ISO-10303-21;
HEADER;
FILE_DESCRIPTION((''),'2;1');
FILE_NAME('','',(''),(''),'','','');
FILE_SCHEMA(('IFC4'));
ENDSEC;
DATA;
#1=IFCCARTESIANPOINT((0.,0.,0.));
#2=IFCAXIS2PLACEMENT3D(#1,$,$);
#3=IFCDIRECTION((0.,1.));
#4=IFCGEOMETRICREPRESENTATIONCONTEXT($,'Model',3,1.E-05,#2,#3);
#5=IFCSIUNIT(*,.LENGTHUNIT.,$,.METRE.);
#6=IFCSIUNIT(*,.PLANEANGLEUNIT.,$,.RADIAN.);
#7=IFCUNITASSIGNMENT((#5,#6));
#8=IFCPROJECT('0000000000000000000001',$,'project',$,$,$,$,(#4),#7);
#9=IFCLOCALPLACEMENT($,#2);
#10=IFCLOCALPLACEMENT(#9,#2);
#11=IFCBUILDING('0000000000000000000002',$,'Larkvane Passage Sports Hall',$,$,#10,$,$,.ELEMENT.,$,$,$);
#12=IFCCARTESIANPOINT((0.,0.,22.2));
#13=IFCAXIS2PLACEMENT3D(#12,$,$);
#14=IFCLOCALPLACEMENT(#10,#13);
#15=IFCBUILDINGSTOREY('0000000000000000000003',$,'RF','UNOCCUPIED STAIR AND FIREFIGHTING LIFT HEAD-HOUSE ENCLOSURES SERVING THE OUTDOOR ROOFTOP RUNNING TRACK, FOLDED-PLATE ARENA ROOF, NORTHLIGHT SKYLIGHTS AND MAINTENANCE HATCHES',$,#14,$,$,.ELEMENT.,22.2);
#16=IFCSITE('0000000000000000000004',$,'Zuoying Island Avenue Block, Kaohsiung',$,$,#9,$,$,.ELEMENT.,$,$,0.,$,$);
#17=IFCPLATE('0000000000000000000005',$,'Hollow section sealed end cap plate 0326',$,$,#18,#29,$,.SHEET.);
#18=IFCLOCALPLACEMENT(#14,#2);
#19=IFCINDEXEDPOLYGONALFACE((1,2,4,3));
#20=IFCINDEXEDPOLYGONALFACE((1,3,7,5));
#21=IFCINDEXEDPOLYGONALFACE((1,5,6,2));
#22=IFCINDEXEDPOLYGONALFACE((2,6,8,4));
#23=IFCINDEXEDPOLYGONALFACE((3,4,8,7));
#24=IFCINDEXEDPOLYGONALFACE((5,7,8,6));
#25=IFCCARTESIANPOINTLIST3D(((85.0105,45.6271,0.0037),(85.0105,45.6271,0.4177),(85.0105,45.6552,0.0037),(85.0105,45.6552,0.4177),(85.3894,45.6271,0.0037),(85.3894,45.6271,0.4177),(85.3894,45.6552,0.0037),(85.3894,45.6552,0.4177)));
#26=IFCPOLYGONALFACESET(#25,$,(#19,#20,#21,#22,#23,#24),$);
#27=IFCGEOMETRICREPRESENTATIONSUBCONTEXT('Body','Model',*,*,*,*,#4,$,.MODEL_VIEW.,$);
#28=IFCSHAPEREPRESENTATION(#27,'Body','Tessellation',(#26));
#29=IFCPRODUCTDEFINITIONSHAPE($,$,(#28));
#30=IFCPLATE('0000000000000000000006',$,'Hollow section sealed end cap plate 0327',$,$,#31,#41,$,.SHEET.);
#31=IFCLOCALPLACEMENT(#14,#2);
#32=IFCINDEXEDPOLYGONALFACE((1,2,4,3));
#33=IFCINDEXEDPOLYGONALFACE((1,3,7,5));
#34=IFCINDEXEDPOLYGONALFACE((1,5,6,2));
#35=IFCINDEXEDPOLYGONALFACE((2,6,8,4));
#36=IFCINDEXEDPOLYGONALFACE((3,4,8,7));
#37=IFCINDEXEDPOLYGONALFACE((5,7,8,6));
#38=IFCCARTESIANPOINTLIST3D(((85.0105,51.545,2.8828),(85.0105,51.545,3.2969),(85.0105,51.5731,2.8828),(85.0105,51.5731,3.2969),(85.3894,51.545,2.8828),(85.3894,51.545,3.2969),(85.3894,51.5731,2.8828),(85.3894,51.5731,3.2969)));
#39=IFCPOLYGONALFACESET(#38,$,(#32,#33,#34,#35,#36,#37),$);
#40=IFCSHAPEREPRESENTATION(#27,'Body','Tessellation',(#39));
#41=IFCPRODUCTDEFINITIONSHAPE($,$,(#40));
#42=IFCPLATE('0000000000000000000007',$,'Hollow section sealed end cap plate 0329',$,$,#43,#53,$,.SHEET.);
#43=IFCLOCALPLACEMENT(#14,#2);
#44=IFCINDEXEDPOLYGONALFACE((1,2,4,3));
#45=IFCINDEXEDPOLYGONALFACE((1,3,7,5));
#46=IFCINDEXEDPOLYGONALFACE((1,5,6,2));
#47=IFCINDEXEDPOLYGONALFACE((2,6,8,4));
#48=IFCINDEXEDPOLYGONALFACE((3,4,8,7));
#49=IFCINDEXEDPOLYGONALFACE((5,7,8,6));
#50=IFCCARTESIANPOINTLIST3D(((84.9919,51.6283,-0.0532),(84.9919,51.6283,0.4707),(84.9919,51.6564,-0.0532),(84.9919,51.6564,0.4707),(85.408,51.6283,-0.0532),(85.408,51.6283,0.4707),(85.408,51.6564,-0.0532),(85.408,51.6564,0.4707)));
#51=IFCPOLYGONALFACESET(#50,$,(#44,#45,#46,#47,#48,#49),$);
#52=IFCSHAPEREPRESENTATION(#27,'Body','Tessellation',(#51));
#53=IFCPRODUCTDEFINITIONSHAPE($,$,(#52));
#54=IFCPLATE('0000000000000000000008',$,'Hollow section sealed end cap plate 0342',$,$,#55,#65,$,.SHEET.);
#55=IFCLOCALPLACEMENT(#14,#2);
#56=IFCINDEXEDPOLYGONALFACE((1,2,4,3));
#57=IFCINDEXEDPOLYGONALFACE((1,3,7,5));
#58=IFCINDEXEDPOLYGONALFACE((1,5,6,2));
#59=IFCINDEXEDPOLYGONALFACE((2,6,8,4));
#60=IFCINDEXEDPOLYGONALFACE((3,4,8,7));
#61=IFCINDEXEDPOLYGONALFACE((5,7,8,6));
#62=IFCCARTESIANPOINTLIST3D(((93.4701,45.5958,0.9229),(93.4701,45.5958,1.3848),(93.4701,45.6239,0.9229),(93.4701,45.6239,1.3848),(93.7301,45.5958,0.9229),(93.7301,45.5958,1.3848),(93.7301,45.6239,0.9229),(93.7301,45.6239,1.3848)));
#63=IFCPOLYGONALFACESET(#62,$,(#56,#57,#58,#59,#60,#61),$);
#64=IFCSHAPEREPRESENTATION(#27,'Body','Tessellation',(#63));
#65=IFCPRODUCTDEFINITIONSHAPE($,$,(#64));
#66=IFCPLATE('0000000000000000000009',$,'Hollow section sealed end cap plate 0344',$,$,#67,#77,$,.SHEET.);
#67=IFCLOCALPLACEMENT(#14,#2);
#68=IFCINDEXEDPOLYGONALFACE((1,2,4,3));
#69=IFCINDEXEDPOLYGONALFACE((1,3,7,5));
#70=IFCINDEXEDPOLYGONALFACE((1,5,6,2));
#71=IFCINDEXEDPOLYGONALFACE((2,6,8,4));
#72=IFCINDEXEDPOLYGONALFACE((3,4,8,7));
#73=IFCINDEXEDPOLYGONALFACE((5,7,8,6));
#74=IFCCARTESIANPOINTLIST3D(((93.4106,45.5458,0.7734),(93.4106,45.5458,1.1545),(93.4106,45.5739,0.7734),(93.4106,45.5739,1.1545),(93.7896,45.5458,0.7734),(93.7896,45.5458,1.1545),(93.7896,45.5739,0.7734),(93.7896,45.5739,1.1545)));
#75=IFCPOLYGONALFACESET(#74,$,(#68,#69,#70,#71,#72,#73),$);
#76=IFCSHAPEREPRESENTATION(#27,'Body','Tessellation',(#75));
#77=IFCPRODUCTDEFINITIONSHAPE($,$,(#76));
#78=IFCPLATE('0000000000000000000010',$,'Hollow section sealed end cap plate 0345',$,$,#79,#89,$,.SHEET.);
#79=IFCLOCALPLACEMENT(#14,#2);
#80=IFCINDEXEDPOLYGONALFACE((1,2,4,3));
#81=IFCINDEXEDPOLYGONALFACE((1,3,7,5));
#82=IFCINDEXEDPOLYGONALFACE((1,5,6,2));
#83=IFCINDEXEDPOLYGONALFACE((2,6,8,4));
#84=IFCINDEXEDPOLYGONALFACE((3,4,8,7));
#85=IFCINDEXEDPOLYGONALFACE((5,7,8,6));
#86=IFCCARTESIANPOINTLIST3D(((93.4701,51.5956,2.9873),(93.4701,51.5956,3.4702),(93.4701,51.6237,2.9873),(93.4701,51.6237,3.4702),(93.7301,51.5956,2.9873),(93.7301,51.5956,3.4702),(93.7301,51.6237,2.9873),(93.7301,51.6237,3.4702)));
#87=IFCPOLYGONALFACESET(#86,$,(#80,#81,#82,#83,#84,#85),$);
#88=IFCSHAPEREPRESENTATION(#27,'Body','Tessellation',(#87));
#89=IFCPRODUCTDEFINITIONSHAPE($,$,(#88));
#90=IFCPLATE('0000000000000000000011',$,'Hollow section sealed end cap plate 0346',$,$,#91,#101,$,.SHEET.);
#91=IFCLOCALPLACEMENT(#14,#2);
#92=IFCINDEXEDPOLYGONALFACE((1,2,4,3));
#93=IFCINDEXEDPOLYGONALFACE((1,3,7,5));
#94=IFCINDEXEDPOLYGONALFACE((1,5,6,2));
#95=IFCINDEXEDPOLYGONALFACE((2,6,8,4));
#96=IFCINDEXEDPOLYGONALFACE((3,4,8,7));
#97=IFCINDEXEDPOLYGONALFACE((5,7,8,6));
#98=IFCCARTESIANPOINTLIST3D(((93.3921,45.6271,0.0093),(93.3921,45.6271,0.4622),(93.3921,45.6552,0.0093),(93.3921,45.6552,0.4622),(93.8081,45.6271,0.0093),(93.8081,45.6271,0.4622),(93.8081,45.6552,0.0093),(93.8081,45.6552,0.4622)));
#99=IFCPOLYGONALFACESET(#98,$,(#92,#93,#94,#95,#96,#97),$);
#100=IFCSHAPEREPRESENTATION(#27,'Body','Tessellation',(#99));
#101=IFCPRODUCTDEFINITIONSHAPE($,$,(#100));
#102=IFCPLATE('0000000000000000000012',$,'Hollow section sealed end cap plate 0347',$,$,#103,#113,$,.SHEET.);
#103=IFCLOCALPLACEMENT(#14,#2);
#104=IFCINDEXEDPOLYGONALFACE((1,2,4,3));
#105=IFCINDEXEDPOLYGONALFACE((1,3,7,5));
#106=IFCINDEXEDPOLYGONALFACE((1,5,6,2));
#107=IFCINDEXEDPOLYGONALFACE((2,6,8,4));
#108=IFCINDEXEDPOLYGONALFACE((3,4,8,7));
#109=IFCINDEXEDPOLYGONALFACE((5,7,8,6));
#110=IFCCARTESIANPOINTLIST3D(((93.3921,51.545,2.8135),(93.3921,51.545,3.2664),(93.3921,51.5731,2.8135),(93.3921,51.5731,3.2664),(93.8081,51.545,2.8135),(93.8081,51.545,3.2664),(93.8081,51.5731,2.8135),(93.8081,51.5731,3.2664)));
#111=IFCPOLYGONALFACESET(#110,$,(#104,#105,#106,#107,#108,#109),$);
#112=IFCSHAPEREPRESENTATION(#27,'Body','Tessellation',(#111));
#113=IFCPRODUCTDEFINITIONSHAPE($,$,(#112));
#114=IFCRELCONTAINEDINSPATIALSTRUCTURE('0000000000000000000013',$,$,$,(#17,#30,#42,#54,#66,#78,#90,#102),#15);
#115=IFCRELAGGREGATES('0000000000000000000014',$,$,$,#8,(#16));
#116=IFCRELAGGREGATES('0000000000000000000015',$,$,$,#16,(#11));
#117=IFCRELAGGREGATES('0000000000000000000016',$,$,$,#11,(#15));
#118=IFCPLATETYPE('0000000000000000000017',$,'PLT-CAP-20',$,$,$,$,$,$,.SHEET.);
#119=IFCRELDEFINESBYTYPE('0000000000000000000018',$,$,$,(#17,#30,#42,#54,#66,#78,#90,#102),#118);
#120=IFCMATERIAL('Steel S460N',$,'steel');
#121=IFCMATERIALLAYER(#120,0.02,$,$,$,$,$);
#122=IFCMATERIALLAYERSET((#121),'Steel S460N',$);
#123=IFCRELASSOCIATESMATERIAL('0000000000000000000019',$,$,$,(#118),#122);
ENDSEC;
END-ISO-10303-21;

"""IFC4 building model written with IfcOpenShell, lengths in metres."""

from ifc_helpers import new_model, si_unit, direction, frame, origin, origin_2d, place, context, subcontext, project, spatial, rectangle, extrude, material, layer, layer_set, type_object, element, save


model = new_model("IFC4")

# Units and contexts
model_context = context("Model", 3, precision=1e-05, world=origin(), true_north=direction((0.0, 1.0)))
body_context = subcontext(model_context, "Body", "Model", "MODEL_VIEW")
ifc_project = project(units=[si_unit("LENGTHUNIT", "METRE"), si_unit("PLANEANGLEUNIT", "RADIAN")], contexts=[model_context])

# Site, building, storey
site_placement = place(None, origin())
site = spatial("IfcSite", under=ifc_project, at=site_placement, Name="Zuoying Island Avenue Block, Kaohsiung", CompositionType="ELEMENT", RefElevation=0.0)
building_placement = place(site_placement, origin())
building = spatial("IfcBuilding", under=site, at=building_placement, Name="Larkvane Passage Sports Hall", CompositionType="ELEMENT")
storey_placement = place(building_placement, frame((0.0, 0.0, 22.2)))
storey = spatial("IfcBuildingStorey", under=building, at=storey_placement, Name="RF", Description="UNOCCUPIED STAIR AND FIREFIGHTING LIFT HEAD-HOUSE ENCLOSURES SERVING THE OUTDOOR ROOFTOP RUNNING TRACK, FOLDED-PLATE ARENA ROOF, NORTHLIGHT SKYLIGHTS AND MAINTENANCE HATCHES", CompositionType="ELEMENT", Elevation=22.2)

# Shared definitions
ifc_material_1 = material(Name="Steel S460N", Category="steel")

# Plates
ifc_layer_1 = layer(ifc_material_1, 0.02)
ifc_layer_set_1 = layer_set([ifc_layer_1], Name="Steel S460N")
plate_type_1 = type_object("IfcPlateType", Name="PLT-CAP-20", PredefinedType="SHEET", material=ifc_layer_set_1)
for number, where, z_axis, x_axis, name in (
    (1, (85.2, 45.6411, 0.0037), (0.0, 0.0, 1.0), (-1.0, 0.0, 0.0), "Hollow section sealed end cap plate 0326"),
    (2, (85.2, 51.5591, 2.8828), (0.0, 0.0, 1.0), (-1.0, 0.0, 0.0), "Hollow section sealed end cap plate 0327"),
):
    element("IfcPlate", number, at=place(storey_placement, frame(where, z_axis=z_axis, x_axis=x_axis)), inside=storey, type_object=plate_type_1, Name=name, PredefinedType="SHEET", context=body_context, shape_type="SweptSolid", body=[
        extrude(rectangle(XDim=0.3789, YDim=0.0281, at=origin_2d()), origin(), (0.0, 0.0, 1.0), 0.4141),
    ])
plate_1_placement = place(storey_placement, frame((85.2, 51.6423, -0.0532), z_axis=(0.0, 0.0, 1.0), x_axis=(-1.0, 0.0, 0.0)))
element("IfcPlate", 3, at=plate_1_placement, inside=storey, type_object=plate_type_1, Name="Hollow section sealed end cap plate 0329", PredefinedType="SHEET", context=body_context, shape_type="SweptSolid", body=[
    extrude(rectangle(XDim=0.416, YDim=0.0281, at=origin_2d()), origin(), (0.0, 0.0, 1.0), 0.5239),
])
plate_2_placement = place(storey_placement, frame((93.6001, 45.6099, 0.9229), z_axis=(0.0, 0.0, 1.0), x_axis=(-1.0, 0.0, 0.0)))
element("IfcPlate", 4, at=plate_2_placement, inside=storey, type_object=plate_type_1, Name="Hollow section sealed end cap plate 0342", PredefinedType="SHEET", context=body_context, shape_type="SweptSolid", body=[
    extrude(rectangle(XDim=0.26, YDim=0.0281, at=origin_2d()), origin(), (0.0, 0.0, 1.0), 0.4619),
])
plate_3_placement = place(storey_placement, frame((93.6001, 45.5598, 0.7734), z_axis=(0.0, 0.0, 1.0), x_axis=(-1.0, 0.0, 0.0)))
element("IfcPlate", 5, at=plate_3_placement, inside=storey, type_object=plate_type_1, Name="Hollow section sealed end cap plate 0344", PredefinedType="SHEET", context=body_context, shape_type="SweptSolid", body=[
    extrude(rectangle(XDim=0.3789, YDim=0.0281, at=origin_2d()), origin(), (0.0, 0.0, 1.0), 0.3811),
])
plate_4_placement = place(storey_placement, frame((93.6001, 51.6096, 2.9873), z_axis=(0.0, 0.0, 1.0), x_axis=(-1.0, 0.0, 0.0)))
element("IfcPlate", 6, at=plate_4_placement, inside=storey, type_object=plate_type_1, Name="Hollow section sealed end cap plate 0345", PredefinedType="SHEET", context=body_context, shape_type="SweptSolid", body=[
    extrude(rectangle(XDim=0.26, YDim=0.0281, at=origin_2d()), origin(), (0.0, 0.0, 1.0), 0.4829),
])
for number, where, z_axis, x_axis, name in (
    (7, (93.6001, 45.6411, 0.0093), (0.0, 0.0, 1.0), (-1.0, 0.0, 0.0), "Hollow section sealed end cap plate 0346"),
    (8, (93.6001, 51.5591, 2.8135), (0.0, 0.0, 1.0), (-1.0, 0.0, 0.0), "Hollow section sealed end cap plate 0347"),
):
    element("IfcPlate", number, at=place(storey_placement, frame(where, z_axis=z_axis, x_axis=x_axis)), inside=storey, type_object=plate_type_1, Name=name, PredefinedType="SHEET", context=body_context, shape_type="SweptSolid", body=[
        extrude(rectangle(XDim=0.416, YDim=0.0281, at=origin_2d()), origin(), (0.0, 0.0, 1.0), 0.4529),
    ])

save(model, "model.ifc")
